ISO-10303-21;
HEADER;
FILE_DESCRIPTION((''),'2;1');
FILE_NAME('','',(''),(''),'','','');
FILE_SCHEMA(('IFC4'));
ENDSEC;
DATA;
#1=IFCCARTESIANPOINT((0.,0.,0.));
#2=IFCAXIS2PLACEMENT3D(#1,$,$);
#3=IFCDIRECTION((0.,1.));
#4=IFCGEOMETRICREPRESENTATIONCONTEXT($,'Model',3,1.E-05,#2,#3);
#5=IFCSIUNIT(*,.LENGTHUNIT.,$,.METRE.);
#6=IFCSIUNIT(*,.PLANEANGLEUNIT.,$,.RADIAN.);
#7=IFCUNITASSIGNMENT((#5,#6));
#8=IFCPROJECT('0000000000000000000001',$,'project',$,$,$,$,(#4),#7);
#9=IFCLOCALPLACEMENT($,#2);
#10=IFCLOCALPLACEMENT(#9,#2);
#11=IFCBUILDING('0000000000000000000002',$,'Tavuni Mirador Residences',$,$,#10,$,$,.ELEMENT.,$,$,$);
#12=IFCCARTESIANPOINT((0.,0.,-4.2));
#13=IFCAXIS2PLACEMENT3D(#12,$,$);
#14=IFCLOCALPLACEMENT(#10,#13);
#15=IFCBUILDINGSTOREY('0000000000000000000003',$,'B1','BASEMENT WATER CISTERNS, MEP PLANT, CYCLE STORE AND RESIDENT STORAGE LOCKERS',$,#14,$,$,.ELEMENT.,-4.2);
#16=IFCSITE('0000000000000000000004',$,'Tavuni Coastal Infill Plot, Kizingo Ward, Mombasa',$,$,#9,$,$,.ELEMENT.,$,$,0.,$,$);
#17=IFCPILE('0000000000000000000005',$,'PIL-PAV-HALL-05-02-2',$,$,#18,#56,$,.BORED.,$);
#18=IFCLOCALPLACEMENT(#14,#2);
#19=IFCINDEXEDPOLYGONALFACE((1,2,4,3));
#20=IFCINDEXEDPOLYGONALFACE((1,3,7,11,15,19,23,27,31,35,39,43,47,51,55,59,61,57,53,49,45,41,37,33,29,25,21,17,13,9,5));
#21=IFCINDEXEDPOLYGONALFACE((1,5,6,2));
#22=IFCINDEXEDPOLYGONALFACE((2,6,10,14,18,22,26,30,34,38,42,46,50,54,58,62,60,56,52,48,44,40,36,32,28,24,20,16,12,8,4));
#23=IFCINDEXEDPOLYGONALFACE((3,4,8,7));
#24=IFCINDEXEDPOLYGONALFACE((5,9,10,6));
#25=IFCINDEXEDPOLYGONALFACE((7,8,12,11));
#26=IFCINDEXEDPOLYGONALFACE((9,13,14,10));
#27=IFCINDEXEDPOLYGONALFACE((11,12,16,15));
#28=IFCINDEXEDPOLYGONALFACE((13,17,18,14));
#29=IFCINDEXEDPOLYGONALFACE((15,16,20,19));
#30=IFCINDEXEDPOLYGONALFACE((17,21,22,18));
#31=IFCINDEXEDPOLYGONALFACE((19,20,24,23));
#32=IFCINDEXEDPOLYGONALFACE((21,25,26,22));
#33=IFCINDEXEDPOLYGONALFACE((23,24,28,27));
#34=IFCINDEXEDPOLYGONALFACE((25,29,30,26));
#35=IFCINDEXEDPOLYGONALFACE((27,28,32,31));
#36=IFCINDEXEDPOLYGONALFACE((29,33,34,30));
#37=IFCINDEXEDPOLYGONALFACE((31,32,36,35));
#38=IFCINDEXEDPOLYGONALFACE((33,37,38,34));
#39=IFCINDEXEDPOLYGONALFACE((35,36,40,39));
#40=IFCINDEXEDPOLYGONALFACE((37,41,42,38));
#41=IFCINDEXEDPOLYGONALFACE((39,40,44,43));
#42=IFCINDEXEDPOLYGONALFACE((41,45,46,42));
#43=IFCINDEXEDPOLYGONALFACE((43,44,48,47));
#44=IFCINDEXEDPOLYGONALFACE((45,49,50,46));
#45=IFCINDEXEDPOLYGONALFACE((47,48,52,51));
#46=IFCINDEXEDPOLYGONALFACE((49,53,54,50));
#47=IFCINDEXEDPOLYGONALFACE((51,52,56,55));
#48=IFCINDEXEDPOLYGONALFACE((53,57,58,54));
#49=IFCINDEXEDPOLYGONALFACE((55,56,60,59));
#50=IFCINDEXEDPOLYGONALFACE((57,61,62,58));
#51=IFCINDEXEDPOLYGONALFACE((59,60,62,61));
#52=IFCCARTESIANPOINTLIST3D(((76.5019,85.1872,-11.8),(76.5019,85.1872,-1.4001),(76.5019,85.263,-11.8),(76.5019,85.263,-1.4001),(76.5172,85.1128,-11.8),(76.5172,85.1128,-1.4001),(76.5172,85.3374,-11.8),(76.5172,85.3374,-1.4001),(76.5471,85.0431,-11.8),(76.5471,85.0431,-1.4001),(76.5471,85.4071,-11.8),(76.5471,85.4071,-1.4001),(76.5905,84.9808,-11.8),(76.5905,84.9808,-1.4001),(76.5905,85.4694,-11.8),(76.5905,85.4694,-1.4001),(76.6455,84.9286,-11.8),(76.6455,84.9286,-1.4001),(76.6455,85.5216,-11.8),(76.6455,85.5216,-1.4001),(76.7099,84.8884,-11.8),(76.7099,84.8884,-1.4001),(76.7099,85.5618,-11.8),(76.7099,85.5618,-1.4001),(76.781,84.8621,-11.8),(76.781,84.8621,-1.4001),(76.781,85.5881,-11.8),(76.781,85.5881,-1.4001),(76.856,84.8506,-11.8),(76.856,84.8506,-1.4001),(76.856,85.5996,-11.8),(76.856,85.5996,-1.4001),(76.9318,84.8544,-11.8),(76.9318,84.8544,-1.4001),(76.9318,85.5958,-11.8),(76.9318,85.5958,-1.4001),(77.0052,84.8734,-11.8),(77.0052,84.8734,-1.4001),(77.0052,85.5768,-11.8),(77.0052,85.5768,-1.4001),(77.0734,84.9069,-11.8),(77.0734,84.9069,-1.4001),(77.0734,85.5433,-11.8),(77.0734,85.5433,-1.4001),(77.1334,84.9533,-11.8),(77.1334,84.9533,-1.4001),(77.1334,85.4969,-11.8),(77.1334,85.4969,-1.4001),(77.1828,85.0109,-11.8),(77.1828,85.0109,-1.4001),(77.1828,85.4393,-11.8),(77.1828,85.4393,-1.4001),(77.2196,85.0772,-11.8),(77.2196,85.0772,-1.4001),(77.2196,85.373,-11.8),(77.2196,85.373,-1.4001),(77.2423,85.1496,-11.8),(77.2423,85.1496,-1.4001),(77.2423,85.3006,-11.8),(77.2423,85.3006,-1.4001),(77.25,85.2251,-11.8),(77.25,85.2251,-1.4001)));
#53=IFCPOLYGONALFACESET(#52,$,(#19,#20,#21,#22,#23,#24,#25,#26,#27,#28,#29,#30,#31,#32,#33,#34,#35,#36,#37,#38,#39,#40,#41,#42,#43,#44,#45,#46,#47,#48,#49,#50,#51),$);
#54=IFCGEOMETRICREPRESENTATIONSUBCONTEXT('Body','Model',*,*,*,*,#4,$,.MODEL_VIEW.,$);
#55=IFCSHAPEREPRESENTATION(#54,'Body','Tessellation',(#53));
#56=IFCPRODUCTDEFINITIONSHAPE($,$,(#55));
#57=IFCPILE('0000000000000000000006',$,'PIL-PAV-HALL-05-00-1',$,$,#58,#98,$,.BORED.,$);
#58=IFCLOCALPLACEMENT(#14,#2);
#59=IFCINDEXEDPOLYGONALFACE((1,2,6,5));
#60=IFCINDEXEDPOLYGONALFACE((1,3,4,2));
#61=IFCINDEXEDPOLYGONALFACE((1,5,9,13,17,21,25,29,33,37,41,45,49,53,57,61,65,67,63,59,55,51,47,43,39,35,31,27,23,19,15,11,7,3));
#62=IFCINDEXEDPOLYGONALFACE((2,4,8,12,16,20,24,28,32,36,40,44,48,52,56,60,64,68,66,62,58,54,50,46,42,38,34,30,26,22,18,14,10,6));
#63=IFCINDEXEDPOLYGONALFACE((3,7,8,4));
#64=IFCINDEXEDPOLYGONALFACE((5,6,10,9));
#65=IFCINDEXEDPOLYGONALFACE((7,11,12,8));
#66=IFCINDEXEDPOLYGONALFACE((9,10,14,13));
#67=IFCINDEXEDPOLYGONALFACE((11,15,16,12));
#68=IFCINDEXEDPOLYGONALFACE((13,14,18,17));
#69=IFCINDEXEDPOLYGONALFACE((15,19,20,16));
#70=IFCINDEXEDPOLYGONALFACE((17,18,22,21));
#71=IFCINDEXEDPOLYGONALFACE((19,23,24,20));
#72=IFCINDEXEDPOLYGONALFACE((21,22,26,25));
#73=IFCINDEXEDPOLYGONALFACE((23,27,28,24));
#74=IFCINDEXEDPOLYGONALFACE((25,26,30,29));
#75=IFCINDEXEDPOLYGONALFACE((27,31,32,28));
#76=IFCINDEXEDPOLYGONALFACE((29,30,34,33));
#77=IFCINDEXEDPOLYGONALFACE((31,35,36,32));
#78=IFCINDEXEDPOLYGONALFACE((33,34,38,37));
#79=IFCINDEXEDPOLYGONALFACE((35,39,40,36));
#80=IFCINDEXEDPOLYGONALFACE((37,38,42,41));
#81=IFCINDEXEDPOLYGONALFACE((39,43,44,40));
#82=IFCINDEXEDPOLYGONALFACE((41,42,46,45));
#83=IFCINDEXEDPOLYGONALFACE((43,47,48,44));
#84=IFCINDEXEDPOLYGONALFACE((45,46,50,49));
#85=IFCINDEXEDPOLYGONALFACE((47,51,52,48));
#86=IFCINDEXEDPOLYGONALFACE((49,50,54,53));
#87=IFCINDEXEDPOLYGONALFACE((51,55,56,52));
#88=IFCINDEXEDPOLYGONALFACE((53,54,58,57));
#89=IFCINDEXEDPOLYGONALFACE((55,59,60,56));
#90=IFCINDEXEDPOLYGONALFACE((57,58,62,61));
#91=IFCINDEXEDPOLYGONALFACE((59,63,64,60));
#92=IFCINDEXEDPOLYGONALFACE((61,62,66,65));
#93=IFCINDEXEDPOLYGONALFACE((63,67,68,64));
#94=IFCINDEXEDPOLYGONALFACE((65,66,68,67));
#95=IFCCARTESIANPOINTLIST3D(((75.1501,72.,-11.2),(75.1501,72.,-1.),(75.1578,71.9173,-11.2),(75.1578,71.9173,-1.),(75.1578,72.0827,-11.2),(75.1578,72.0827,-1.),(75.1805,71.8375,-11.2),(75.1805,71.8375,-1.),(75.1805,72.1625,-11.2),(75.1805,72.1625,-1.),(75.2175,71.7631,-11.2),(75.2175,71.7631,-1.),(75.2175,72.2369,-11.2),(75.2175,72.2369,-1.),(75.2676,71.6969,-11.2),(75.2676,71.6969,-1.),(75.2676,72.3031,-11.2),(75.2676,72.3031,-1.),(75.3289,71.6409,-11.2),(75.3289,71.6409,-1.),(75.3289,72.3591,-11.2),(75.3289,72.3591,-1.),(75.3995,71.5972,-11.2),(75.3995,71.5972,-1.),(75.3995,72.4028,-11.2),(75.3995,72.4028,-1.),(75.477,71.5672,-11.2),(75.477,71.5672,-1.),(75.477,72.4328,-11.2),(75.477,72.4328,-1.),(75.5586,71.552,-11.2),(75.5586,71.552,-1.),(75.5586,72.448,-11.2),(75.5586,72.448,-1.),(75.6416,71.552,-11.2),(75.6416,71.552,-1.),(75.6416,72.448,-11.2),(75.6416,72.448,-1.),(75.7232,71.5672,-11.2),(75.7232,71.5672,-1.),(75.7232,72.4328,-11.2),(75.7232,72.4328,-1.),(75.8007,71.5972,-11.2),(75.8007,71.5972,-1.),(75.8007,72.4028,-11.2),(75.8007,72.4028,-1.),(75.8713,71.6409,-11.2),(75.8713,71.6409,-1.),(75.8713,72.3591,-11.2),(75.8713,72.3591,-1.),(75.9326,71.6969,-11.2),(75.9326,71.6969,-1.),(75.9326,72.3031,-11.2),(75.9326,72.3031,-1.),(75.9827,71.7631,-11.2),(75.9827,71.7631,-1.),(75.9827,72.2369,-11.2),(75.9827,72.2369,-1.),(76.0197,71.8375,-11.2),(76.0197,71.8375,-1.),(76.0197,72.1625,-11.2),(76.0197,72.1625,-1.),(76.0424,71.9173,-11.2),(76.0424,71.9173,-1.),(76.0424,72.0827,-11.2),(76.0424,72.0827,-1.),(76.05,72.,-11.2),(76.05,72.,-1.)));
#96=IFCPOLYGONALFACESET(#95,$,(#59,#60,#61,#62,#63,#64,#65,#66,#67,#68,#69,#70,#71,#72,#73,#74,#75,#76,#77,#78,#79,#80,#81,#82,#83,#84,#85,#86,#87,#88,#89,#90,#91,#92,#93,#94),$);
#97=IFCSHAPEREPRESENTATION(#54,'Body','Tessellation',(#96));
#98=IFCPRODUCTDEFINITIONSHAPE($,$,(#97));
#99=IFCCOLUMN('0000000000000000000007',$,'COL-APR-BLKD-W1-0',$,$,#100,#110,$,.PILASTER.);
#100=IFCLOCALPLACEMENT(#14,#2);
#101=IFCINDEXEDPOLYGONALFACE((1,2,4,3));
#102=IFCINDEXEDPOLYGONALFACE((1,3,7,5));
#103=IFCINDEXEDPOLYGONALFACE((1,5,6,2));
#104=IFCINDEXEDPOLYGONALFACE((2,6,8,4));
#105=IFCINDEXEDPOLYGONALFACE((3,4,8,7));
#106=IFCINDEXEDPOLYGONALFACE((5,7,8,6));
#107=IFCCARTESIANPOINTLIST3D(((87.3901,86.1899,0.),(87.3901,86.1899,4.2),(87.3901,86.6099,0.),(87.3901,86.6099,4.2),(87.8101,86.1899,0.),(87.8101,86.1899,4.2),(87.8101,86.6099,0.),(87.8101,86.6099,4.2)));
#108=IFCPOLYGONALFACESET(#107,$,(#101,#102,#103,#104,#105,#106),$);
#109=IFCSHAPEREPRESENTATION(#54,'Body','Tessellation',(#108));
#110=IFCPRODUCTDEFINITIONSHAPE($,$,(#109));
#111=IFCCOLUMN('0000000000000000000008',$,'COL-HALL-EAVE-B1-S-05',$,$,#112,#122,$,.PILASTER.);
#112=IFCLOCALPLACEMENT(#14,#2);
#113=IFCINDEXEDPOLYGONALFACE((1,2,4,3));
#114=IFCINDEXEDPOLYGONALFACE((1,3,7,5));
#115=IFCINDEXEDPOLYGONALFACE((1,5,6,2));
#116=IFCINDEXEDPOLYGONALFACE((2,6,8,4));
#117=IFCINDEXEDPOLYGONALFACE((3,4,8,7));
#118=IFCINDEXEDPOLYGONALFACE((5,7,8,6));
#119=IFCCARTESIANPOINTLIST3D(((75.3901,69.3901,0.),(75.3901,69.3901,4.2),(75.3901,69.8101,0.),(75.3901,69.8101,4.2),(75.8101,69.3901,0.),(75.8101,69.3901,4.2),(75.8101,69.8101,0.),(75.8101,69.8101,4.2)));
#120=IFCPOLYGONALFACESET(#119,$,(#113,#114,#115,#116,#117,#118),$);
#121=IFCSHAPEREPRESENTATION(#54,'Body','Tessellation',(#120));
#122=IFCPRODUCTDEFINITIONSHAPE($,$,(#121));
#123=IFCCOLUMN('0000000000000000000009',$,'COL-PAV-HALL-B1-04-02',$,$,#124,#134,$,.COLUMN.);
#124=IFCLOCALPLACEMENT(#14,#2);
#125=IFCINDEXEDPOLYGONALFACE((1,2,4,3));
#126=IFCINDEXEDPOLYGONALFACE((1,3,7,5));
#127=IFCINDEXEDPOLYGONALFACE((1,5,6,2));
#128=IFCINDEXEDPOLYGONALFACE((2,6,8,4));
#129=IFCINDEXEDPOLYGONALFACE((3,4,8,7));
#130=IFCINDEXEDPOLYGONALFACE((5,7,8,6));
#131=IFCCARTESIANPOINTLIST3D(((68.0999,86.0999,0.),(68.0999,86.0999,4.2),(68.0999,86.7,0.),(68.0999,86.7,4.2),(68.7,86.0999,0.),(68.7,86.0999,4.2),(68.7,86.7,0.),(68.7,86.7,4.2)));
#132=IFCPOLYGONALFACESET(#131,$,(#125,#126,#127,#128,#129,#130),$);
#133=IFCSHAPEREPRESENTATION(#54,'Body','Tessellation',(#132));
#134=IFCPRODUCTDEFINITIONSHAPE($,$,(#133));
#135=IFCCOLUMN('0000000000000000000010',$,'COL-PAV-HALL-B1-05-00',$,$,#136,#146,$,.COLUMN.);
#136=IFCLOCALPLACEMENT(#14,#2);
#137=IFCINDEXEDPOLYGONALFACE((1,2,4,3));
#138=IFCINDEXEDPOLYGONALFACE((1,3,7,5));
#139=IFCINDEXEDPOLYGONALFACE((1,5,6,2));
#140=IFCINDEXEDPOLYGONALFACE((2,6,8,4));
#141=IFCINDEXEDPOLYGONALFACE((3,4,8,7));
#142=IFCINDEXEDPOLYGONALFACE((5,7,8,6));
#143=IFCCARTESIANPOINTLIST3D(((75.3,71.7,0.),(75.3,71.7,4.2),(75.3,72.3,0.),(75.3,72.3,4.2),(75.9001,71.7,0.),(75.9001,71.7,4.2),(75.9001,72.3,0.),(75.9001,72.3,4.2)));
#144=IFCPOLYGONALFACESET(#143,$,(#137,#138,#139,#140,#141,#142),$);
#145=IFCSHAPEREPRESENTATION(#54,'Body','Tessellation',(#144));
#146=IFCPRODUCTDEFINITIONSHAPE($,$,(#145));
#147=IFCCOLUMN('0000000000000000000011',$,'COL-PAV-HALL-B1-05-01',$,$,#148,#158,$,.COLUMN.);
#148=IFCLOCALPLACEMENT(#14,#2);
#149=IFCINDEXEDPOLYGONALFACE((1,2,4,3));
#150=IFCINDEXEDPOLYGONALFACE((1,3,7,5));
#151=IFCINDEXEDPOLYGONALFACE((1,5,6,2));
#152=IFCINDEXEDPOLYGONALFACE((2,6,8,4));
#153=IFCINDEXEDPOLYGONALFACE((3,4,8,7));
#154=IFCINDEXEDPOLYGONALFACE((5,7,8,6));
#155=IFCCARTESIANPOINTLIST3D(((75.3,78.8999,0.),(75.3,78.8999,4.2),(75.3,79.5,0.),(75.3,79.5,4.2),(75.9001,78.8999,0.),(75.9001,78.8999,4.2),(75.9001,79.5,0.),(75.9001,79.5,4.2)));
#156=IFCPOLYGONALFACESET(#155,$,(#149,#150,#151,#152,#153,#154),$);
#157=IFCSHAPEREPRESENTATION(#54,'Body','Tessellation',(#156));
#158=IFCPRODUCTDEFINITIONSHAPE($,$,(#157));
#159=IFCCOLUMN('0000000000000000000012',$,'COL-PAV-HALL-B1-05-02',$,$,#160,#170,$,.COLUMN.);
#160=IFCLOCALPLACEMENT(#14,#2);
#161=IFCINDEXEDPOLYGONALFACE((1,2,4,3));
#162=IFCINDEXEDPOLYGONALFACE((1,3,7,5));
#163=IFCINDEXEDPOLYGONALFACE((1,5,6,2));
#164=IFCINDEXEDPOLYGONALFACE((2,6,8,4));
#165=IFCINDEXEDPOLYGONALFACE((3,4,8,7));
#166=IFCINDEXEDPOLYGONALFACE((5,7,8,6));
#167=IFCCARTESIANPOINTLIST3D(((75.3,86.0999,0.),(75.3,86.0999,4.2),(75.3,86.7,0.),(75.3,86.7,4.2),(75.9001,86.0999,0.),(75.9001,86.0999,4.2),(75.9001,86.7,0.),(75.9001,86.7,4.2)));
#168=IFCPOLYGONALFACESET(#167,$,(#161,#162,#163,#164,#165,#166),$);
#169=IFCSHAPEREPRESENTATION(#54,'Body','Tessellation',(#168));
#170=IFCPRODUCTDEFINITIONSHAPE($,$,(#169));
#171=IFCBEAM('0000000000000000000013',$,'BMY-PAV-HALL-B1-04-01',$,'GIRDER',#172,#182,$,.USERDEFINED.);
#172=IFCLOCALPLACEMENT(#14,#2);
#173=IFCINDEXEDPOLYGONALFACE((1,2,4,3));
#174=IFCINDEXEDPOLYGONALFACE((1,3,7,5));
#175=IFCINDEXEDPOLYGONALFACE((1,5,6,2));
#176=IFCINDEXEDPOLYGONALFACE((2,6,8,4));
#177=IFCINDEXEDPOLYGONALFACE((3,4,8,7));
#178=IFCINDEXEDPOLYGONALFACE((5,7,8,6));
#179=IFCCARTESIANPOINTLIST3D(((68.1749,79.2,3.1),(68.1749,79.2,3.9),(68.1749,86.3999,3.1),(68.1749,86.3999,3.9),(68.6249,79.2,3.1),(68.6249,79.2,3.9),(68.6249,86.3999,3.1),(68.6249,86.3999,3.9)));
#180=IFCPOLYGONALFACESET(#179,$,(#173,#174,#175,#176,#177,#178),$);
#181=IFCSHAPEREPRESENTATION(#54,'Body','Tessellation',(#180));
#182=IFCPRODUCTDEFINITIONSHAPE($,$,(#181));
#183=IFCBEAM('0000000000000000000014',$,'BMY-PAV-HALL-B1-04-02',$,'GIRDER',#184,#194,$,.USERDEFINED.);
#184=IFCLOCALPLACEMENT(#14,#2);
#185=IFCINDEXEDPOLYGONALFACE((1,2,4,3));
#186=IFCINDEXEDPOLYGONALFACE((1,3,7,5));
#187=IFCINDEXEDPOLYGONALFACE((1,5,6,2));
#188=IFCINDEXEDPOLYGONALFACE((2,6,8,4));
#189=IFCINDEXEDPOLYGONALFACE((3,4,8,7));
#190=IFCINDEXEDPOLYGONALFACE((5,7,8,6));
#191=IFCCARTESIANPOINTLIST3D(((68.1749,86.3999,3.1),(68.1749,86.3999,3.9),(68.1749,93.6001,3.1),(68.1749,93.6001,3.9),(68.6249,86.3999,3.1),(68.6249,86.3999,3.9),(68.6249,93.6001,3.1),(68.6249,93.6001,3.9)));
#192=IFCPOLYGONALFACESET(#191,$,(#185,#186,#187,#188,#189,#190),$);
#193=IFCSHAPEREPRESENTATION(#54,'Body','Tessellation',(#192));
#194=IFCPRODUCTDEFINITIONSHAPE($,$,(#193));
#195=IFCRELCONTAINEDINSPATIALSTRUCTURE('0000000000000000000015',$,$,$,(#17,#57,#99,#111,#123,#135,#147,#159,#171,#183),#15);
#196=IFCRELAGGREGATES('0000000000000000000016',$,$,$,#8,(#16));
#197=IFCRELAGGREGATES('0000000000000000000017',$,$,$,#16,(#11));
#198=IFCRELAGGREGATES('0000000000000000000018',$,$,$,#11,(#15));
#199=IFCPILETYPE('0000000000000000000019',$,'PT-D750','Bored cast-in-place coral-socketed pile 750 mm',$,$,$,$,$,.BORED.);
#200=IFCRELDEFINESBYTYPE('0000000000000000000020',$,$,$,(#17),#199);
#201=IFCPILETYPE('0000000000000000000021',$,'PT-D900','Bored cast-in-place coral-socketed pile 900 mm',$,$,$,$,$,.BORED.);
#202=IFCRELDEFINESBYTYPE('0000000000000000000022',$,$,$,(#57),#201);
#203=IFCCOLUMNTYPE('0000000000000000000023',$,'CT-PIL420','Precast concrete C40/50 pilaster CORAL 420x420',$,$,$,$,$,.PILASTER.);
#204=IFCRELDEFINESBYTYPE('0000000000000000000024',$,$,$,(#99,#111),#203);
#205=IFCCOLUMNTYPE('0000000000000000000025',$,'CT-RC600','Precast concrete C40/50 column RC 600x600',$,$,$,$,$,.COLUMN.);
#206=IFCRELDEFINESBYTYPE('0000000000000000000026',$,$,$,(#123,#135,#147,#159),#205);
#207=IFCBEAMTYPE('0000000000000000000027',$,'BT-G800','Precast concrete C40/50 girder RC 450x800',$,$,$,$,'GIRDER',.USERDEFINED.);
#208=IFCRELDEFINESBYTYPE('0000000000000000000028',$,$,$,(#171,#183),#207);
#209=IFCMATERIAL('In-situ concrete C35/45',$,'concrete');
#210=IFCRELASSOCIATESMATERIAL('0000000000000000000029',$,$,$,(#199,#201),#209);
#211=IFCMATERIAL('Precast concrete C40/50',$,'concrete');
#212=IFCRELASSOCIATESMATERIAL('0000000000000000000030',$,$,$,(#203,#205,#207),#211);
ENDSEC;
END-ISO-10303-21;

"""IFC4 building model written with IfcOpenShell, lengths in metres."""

from ifc_helpers import new_model, si_unit, direction, frame, origin, origin_2d, place, context, subcontext, project, spatial, rectangle, circle, extrude, material, material_profile, profile_set, type_object, element, save


model = new_model("IFC4")

# Units and contexts
model_context = context("Model", 3, precision=1e-05, world=origin(), true_north=direction((0.0, 1.0)))
body_context = subcontext(model_context, "Body", "Model", "MODEL_VIEW")
ifc_project = project(units=[si_unit("LENGTHUNIT", "METRE"), si_unit("PLANEANGLEUNIT", "RADIAN")], contexts=[model_context])

# Site, building, storey
site_placement = place(None, origin())
site = spatial("IfcSite", under=ifc_project, at=site_placement, Name="Tavuni Coastal Infill Plot, Kizingo Ward, Mombasa", CompositionType="ELEMENT", RefElevation=0.0)
building_placement = place(site_placement, origin())
building = spatial("IfcBuilding", under=site, at=building_placement, Name="Tavuni Mirador Residences", CompositionType="ELEMENT")
storey_placement = place(building_placement, frame((0.0, 0.0, -4.2)))
storey = spatial("IfcBuildingStorey", under=building, at=storey_placement, Name="B1", Description="BASEMENT WATER CISTERNS, MEP PLANT, CYCLE STORE AND RESIDENT STORAGE LOCKERS", CompositionType="ELEMENT", Elevation=-4.2)

# Shared definitions
ifc_material_1 = material(Name="In-situ concrete C35/45", Category="concrete")

# Piles
ifc_material_profile_1 = material_profile(ifc_material_1, circle(Radius=0.375, at=origin_2d()), Name="PILE D750", Category="concrete")
ifc_profile_set_1 = profile_set([ifc_material_profile_1], Name="In-situ concrete C35/45")
pile_type_1 = type_object("IfcPileType", Name="PT-D750", Description="Bored cast-in-place coral-socketed pile 750 mm", PredefinedType="BORED", material=ifc_profile_set_1)
for number, where, z_axis, x_axis, name in (
    (1, (76.875, 85.2251, -1.4001), (0.0, 0.0, -1.0), (1.0, 0.0, 0.0), "PIL-PAV-HALL-05-02-2"),
):
    element("IfcPile", number, at=place(storey_placement, frame(where, z_axis=z_axis, x_axis=x_axis)), inside=storey, type_object=pile_type_1, Name=name, PredefinedType="BORED", context=body_context, shape_type="SweptSolid", body=[
        extrude(circle(Radius=0.375, at=origin_2d()), origin(), (0.0, 0.0, 1.0), 10.3999),
    ])
ifc_material_profile_2 = material_profile(ifc_material_1, circle(Radius=0.45, at=origin_2d()), Name="PILE D900", Category="concrete")
ifc_profile_set_2 = profile_set([ifc_material_profile_2], Name="In-situ concrete C35/45")
pile_type_2 = type_object("IfcPileType", Name="PT-D900", Description="Bored cast-in-place coral-socketed pile 900 mm", PredefinedType="BORED", material=ifc_profile_set_2)
pile_1_placement = place(storey_placement, frame((75.6001, 72.0, -1.0), z_axis=(0.0, 0.0, -1.0), x_axis=(1.0, 0.0, 0.0)))
element("IfcPile", 2, at=pile_1_placement, inside=storey, type_object=pile_type_2, Name="PIL-PAV-HALL-05-00-1", PredefinedType="BORED", context=body_context, shape_type="SweptSolid", body=[
    extrude(circle(Radius=0.45, at=origin_2d()), origin(), (0.0, 0.0, 1.0), 10.2),
])

# Columns
ifc_material_2 = material(Name="Precast concrete C40/50", Category="concrete")
ifc_material_profile_3 = material_profile(ifc_material_2, rectangle(XDim=0.4199, YDim=0.4199, at=origin_2d()), Name="CORAL 420x420", Category="concrete")
ifc_profile_set_3 = profile_set([ifc_material_profile_3], Name="Precast concrete C40/50")
column_type_1 = type_object("IfcColumnType", Name="CT-PIL420", Description="Precast concrete C40/50 pilaster CORAL 420x420", PredefinedType="PILASTER", material=ifc_profile_set_3)
for number, where, z_axis, x_axis, name in (
    (3, (87.6001, 86.3999, 0.0), (0.0, 0.0, 1.0), (1.0, 0.0, 0.0), "COL-APR-BLKD-W1-0"),
    (4, (75.6001, 69.6001, 0.0), (0.0, 0.0, 1.0), (1.0, 0.0, 0.0), "COL-HALL-EAVE-B1-S-05"),
):
    element("IfcColumn", number, at=place(storey_placement, frame(where, z_axis=z_axis, x_axis=x_axis)), inside=storey, type_object=column_type_1, Name=name, PredefinedType="PILASTER", context=body_context, shape_type="SweptSolid", body=[
        extrude(rectangle(XDim=0.4199, YDim=0.4199, at=origin_2d()), origin(), (0.0, 0.0, 1.0), 4.2),
    ])
ifc_material_profile_4 = material_profile(ifc_material_2, rectangle(XDim=0.6001, YDim=0.6001, at=origin_2d()), Name="RC 600x600", Category="concrete")
ifc_profile_set_4 = profile_set([ifc_material_profile_4], Name="Precast concrete C40/50")
column_type_2 = type_object("IfcColumnType", Name="CT-RC600", Description="Precast concrete C40/50 column RC 600x600", PredefinedType="COLUMN", material=ifc_profile_set_4)
for number, where, z_axis, x_axis, name in (
    (5, (68.3999, 86.3999, 0.0), (0.0, 0.0, 1.0), (1.0, 0.0, 0.0), "COL-PAV-HALL-B1-04-02"),
    (6, (75.6001, 72.0, 0.0), (0.0, 0.0, 1.0), (1.0, 0.0, 0.0), "COL-PAV-HALL-B1-05-00"),
    (7, (75.6001, 79.2, 0.0), (0.0, 0.0, 1.0), (1.0, 0.0, 0.0), "COL-PAV-HALL-B1-05-01"),
    (8, (75.6001, 86.3999, 0.0), (0.0, 0.0, 1.0), (1.0, 0.0, 0.0), "COL-PAV-HALL-B1-05-02"),
):
    element("IfcColumn", number, at=place(storey_placement, frame(where, z_axis=z_axis, x_axis=x_axis)), inside=storey, type_object=column_type_2, Name=name, PredefinedType="COLUMN", context=body_context, shape_type="SweptSolid", body=[
        extrude(rectangle(XDim=0.6001, YDim=0.6001, at=origin_2d()), origin(), (0.0, 0.0, 1.0), 4.2),
    ])

# Beams
ifc_material_profile_5 = material_profile(ifc_material_2, rectangle(XDim=0.45, YDim=0.8, at=origin_2d()), Name="RC 450x800", Category="concrete")
ifc_profile_set_5 = profile_set([ifc_material_profile_5], Name="Precast concrete C40/50")
beam_type_1 = type_object("IfcBeamType", Name="BT-G800", Description="Precast concrete C40/50 girder RC 450x800", ElementType="GIRDER", PredefinedType="USERDEFINED", material=ifc_profile_set_5)
beam_1_placement = place(storey_placement, frame((68.3999, 79.2, 3.5), z_axis=(0.0, 1.0, 0.0), x_axis=(-1.0, 0.0, 0.0)))
element("IfcBeam", 9, at=beam_1_placement, inside=storey, type_object=beam_type_1, Name="BMY-PAV-HALL-B1-04-01", ObjectType="GIRDER", PredefinedType="USERDEFINED", context=body_context, shape_type="SweptSolid", body=[
    extrude(rectangle(XDim=0.45, YDim=0.8, at=origin_2d()), origin(), (0.0, 0.0, 1.0), 7.2),
])
beam_2_placement = place(storey_placement, frame((68.3999, 86.3999, 3.5), z_axis=(0.0, 1.0, 0.0), x_axis=(-1.0, 0.0, 0.0)))
element("IfcBeam", 10, at=beam_2_placement, inside=storey, type_object=beam_type_1, Name="BMY-PAV-HALL-B1-04-02", ObjectType="GIRDER", PredefinedType="USERDEFINED", context=body_context, shape_type="SweptSolid", body=[
    extrude(rectangle(XDim=0.45, YDim=0.8, at=origin_2d()), origin(), (0.0, 0.0, 1.0), 7.2002),
])

save(model, "model.ifc")
